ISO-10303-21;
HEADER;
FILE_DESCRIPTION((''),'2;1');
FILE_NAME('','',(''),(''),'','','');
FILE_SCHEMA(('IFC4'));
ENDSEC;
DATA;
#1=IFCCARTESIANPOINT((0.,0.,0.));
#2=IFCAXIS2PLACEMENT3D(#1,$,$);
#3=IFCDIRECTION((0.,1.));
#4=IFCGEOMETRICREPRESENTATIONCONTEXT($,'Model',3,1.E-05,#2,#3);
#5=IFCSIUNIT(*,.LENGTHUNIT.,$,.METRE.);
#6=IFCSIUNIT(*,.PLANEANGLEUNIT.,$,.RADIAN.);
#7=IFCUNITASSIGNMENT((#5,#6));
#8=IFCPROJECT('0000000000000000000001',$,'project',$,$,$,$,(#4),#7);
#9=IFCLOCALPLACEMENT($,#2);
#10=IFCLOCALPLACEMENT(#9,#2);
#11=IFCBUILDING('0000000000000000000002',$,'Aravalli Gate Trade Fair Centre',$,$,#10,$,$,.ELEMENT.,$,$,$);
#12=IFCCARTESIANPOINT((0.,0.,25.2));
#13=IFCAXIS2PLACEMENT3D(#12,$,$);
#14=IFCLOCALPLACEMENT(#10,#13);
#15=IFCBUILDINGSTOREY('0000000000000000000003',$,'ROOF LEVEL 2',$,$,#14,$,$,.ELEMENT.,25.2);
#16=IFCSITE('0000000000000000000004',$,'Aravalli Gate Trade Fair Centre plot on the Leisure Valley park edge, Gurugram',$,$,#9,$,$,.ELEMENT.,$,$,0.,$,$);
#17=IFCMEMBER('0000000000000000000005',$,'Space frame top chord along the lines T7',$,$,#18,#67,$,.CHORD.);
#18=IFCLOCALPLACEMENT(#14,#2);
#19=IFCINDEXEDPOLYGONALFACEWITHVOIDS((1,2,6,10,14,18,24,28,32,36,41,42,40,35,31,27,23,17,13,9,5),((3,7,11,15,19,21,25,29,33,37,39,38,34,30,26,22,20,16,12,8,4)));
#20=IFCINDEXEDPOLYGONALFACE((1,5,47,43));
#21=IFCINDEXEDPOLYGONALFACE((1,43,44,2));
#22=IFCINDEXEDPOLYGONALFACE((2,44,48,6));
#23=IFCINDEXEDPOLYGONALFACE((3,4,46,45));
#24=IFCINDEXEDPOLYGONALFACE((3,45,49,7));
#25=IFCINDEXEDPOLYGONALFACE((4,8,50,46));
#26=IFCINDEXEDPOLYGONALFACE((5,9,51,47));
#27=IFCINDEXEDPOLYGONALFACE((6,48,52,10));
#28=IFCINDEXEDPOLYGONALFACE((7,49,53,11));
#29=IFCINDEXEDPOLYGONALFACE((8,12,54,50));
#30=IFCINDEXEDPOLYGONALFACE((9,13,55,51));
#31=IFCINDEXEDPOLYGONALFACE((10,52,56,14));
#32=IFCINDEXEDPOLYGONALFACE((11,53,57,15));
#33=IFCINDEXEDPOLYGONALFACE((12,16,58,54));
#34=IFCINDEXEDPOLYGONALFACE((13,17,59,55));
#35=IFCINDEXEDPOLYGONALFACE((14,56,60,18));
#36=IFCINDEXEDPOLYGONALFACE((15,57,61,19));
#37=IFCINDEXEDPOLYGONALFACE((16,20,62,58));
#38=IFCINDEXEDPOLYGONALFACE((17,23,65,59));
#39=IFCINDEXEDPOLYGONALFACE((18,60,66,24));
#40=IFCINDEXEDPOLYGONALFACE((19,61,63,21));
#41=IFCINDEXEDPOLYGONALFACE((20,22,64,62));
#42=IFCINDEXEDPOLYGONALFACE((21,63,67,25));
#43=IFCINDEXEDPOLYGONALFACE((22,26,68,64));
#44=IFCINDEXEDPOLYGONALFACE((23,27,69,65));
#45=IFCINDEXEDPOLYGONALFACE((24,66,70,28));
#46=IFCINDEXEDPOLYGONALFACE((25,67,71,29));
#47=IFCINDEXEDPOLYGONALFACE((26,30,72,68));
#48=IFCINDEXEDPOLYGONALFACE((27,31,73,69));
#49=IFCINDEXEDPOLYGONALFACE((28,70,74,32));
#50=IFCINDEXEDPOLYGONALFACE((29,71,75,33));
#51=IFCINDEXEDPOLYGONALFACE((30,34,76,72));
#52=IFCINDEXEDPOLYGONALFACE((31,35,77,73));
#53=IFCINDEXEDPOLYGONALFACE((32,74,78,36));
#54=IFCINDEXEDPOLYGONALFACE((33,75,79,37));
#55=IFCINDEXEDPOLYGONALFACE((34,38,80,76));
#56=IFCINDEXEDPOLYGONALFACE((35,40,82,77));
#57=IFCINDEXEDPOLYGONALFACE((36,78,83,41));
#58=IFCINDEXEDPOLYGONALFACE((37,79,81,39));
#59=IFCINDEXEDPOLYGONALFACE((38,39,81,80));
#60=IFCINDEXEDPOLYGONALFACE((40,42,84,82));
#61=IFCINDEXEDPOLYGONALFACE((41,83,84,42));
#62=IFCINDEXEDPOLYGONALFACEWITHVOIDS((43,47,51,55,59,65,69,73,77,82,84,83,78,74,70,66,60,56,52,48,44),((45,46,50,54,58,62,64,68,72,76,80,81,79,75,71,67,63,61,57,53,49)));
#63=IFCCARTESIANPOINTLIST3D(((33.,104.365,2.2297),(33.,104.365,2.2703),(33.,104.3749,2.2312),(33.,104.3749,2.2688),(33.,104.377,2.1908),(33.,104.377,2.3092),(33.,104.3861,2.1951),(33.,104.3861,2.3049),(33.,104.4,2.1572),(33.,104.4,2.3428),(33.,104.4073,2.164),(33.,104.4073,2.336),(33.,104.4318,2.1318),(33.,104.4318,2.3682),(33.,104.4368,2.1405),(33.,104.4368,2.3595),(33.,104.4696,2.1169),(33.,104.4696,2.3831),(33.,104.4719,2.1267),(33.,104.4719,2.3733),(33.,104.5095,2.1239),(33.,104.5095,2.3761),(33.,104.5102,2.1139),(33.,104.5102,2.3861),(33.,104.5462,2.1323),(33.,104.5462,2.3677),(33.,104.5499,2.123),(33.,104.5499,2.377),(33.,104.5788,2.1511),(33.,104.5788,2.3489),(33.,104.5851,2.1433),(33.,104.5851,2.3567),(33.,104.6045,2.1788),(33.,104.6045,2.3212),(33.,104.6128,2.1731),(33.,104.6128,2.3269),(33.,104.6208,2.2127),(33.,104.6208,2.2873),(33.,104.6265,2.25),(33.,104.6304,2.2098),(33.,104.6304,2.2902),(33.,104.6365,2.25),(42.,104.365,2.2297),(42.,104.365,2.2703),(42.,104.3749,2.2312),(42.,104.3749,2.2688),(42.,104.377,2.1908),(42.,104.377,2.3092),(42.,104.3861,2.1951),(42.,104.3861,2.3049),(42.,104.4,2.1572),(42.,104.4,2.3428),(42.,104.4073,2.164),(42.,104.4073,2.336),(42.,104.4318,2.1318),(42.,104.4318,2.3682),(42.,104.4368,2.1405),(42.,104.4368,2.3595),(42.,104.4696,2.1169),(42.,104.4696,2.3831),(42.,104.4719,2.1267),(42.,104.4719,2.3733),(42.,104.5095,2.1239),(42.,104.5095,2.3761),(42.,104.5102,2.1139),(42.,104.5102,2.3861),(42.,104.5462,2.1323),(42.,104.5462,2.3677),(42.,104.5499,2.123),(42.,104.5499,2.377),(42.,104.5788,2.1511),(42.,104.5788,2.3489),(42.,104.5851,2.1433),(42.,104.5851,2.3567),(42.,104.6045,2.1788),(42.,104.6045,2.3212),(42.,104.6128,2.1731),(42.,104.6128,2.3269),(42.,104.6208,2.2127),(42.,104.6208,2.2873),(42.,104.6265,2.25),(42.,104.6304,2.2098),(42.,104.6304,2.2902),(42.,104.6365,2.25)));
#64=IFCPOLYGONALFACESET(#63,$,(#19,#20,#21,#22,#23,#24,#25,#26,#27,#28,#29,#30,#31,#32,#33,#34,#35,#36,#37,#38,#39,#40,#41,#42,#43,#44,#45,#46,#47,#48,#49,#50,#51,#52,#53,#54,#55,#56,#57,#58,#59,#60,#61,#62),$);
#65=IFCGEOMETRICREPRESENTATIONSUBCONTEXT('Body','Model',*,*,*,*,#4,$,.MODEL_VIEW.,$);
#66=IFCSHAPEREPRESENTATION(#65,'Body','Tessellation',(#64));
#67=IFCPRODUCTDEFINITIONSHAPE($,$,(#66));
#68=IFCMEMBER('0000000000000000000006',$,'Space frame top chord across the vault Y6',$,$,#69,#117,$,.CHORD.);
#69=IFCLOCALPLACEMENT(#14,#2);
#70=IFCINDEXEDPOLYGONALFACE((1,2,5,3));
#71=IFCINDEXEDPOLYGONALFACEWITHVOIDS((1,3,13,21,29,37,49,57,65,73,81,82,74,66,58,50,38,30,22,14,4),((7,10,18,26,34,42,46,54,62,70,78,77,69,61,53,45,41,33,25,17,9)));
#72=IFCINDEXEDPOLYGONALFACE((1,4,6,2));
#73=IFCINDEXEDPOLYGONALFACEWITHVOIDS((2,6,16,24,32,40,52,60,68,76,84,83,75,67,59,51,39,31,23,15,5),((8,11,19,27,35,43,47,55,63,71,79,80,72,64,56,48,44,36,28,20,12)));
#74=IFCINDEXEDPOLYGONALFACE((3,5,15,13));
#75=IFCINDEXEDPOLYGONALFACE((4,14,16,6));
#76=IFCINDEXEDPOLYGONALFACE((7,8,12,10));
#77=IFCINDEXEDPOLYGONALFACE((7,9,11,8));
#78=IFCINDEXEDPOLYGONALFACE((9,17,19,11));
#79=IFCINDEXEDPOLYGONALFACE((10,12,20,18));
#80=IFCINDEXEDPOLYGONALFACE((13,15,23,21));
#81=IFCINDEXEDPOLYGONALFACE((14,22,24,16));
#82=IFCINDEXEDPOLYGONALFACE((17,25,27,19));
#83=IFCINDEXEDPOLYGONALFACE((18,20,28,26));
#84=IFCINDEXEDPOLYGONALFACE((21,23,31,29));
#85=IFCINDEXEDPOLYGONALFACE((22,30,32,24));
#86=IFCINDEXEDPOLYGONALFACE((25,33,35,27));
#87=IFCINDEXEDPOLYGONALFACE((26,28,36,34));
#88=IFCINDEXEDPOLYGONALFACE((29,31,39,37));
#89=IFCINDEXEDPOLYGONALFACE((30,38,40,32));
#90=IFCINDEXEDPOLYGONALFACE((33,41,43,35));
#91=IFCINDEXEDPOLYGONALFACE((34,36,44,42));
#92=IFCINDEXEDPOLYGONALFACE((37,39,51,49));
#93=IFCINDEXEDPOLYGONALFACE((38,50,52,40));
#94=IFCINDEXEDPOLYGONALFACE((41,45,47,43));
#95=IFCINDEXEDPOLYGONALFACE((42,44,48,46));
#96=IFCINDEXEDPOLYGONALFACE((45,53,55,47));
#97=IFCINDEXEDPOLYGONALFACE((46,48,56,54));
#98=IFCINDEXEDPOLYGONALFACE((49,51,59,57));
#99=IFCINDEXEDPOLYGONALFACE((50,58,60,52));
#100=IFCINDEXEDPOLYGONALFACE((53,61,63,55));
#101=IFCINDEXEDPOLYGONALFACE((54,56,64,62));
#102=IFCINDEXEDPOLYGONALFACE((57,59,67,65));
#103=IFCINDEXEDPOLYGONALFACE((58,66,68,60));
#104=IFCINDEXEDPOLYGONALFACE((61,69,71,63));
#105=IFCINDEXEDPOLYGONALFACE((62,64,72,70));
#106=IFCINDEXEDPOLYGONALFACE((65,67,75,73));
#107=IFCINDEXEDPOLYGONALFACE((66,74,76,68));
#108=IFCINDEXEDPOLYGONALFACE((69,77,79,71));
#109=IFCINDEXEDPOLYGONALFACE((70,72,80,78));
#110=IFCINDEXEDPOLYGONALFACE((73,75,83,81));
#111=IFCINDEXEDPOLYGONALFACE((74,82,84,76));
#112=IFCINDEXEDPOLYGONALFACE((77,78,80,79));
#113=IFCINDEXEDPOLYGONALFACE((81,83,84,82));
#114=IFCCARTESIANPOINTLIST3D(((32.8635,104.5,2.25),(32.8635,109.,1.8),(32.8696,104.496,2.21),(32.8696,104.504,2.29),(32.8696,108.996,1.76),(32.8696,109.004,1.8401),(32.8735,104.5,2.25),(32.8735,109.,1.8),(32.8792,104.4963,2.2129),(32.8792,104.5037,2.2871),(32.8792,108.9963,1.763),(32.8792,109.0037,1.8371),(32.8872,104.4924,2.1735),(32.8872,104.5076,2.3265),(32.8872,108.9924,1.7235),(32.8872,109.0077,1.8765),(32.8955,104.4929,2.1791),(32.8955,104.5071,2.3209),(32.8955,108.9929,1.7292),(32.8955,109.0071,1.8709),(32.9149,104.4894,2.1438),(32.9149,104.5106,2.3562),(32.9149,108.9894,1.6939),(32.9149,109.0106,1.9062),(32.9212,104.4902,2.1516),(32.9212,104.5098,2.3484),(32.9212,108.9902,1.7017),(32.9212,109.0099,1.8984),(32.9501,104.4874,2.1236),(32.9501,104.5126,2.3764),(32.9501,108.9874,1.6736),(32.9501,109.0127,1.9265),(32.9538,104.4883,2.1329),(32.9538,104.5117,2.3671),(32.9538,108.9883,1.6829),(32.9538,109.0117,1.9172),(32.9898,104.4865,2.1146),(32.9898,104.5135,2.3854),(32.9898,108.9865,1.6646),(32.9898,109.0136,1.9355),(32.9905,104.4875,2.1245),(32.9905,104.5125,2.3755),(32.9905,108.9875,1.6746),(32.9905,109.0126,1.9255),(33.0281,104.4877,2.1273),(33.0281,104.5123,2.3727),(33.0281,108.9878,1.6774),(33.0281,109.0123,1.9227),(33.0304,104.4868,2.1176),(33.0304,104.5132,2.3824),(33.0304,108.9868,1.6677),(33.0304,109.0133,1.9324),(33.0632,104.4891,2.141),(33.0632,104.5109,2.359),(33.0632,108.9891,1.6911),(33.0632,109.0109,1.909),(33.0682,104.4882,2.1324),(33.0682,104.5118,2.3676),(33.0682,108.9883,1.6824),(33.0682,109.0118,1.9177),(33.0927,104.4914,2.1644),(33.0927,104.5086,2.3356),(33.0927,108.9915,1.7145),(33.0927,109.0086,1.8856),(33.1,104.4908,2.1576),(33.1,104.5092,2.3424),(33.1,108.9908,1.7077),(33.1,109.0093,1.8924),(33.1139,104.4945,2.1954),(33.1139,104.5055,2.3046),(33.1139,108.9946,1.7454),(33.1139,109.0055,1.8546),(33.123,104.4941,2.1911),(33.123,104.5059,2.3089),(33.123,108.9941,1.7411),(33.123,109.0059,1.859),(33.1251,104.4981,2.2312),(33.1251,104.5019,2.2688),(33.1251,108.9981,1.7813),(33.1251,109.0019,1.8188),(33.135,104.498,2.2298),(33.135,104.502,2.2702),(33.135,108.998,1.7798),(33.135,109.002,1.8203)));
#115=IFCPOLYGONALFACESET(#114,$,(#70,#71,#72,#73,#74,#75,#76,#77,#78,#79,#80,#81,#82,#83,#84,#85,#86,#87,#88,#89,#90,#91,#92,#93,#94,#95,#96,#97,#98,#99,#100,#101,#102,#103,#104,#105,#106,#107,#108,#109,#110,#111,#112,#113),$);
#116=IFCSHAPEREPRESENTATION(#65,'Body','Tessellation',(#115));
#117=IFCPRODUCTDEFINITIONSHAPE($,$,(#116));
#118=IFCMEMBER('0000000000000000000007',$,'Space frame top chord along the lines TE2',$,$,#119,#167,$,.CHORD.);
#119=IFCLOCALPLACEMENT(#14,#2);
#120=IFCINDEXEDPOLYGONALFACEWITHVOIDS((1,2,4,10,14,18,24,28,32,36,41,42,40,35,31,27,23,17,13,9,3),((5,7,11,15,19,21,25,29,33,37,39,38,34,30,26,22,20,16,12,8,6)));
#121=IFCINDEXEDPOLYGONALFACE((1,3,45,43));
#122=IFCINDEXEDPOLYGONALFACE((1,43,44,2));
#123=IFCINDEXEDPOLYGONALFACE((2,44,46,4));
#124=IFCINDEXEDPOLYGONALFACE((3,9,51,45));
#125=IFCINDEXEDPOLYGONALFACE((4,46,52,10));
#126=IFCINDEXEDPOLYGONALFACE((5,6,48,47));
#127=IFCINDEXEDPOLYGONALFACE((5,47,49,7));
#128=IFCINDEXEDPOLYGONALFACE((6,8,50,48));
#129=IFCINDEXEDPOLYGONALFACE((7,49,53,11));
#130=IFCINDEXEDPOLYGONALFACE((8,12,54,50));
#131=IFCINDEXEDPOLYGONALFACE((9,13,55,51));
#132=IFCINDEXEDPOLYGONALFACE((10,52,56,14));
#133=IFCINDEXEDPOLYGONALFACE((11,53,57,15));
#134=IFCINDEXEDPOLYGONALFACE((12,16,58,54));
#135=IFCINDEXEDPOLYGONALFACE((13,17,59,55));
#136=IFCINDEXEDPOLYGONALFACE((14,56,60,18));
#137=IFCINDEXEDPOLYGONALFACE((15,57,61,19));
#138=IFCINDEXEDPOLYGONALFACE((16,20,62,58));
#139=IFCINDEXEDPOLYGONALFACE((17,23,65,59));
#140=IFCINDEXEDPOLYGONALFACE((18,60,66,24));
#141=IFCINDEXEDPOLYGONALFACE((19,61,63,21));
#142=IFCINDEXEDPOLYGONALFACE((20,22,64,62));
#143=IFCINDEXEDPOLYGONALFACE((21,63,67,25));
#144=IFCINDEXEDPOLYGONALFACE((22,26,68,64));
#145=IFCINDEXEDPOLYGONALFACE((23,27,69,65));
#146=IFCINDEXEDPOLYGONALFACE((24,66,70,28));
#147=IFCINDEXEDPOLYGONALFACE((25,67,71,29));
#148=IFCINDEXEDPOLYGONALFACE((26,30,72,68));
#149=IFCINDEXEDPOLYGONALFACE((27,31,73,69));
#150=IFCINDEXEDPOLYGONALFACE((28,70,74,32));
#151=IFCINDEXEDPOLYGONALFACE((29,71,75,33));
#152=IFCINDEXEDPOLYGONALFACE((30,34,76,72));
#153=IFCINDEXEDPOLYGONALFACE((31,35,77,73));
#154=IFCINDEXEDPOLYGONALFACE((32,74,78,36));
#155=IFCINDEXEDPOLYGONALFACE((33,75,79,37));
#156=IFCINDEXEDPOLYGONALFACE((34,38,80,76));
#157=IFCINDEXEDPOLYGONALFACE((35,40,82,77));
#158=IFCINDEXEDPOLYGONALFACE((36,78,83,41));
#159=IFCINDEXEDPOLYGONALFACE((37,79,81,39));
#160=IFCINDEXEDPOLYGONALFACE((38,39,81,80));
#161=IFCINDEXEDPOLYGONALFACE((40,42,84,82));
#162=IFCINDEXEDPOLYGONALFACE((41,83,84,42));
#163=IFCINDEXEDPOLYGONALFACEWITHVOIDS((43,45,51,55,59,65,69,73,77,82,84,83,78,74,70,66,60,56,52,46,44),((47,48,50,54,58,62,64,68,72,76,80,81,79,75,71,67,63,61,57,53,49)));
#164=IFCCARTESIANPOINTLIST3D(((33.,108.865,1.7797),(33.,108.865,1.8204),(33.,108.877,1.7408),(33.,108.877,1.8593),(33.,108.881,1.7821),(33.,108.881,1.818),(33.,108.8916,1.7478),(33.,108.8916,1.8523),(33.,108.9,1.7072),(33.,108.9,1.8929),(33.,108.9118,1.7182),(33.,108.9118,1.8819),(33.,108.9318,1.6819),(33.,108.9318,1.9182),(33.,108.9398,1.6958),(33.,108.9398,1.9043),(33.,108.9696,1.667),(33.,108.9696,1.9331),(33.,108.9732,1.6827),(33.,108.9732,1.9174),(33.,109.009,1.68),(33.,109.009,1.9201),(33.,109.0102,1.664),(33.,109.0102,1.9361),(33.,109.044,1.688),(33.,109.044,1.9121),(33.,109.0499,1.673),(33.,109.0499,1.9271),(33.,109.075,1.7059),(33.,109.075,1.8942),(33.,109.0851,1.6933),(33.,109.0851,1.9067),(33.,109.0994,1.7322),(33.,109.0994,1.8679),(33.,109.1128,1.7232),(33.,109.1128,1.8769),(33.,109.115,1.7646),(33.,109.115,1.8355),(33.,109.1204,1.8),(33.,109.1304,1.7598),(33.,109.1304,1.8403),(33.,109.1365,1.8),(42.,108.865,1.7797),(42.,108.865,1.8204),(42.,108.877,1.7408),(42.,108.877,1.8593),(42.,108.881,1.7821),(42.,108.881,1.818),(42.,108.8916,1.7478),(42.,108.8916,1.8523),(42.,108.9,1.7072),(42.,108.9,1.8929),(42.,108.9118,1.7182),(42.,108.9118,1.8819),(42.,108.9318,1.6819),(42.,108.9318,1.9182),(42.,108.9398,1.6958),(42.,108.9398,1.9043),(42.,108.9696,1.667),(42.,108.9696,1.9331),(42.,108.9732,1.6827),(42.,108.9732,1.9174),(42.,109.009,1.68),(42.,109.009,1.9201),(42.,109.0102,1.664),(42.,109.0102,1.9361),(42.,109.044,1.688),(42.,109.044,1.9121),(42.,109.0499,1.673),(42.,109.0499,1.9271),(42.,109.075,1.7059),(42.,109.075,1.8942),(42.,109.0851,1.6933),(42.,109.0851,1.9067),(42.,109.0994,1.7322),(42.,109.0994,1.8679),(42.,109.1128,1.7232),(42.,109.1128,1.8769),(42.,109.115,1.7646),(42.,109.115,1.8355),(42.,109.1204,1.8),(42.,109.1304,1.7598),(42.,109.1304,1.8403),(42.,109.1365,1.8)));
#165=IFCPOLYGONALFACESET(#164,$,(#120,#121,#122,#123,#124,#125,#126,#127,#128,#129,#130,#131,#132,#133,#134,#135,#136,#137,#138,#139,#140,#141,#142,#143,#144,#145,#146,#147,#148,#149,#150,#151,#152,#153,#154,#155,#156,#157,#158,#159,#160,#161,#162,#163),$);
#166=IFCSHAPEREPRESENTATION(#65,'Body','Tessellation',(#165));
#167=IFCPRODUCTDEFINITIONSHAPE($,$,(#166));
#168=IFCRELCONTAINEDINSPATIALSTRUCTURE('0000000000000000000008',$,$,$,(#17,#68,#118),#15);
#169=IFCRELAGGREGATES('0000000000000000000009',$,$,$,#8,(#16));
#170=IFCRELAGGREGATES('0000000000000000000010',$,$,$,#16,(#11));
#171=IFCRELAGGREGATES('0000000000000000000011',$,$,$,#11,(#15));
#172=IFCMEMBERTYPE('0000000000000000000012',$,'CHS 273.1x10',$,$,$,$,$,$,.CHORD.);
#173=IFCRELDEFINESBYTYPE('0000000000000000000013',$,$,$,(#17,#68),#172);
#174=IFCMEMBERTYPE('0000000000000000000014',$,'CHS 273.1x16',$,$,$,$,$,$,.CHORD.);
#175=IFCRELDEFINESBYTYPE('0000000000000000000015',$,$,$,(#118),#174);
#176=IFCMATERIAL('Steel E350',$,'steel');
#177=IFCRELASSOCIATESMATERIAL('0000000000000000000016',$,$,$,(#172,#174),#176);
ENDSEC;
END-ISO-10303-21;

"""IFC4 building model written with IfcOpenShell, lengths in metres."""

from ifc_helpers import new_model, si_unit, direction, frame, origin, origin_2d, place, context, subcontext, project, spatial, hollow_circle, extrude, material, material_profile, profile_set, type_object, element, save


model = new_model("IFC4")

# Units and contexts
model_context = context("Model", 3, precision=1e-05, world=origin(), true_north=direction((0.0, 1.0)))
body_context = subcontext(model_context, "Body", "Model", "MODEL_VIEW")
ifc_project = project(units=[si_unit("LENGTHUNIT", "METRE"), si_unit("PLANEANGLEUNIT", "RADIAN")], contexts=[model_context])

# Site, building, storey
site_placement = place(None, origin())
site = spatial("IfcSite", under=ifc_project, at=site_placement, Name="Aravalli Gate Trade Fair Centre plot on the Leisure Valley park edge, Gurugram", CompositionType="ELEMENT", RefElevation=0.0)
building_placement = place(site_placement, origin())
building = spatial("IfcBuilding", under=site, at=building_placement, Name="Aravalli Gate Trade Fair Centre", CompositionType="ELEMENT")
storey_placement = place(building_placement, frame((0.0, 0.0, 25.2)))
storey = spatial("IfcBuildingStorey", under=building, at=storey_placement, Name="ROOF LEVEL 2", CompositionType="ELEMENT", Elevation=25.2)

# Members
ifc_material_1 = material(Name="Steel E350", Category="steel")
ifc_material_profile_1 = material_profile(ifc_material_1, hollow_circle(Radius=0.1365, WallThickness=0.01, at=origin_2d()), Name="CHS 273.1x10")
ifc_profile_set_1 = profile_set([ifc_material_profile_1], Name="Steel E350")
member_type_1 = type_object("IfcMemberType", Name="CHS 273.1x10", PredefinedType="CHORD", material=ifc_profile_set_1)
member_1_placement = place(storey_placement, frame((33.0, 104.5, 2.25), z_axis=(1.0, 0.0, 0.0), x_axis=(0.0, 1.0, 0.0)))
element("IfcMember", 1, at=member_1_placement, inside=storey, type_object=member_type_1, Name="Space frame top chord along the lines T7", PredefinedType="CHORD", context=body_context, shape_type="SweptSolid", body=[
    extrude(hollow_circle(Radius=0.1365, WallThickness=0.01, at=origin_2d()), origin(), (0.0, 0.0, 1.0), 9.0),
])
member_2_placement = place(storey_placement, frame((33.0, 104.5, 2.25), z_axis=(0.0, 0.995038, -0.099493), x_axis=(-1.0, 0.0, 0.0)))
element("IfcMember", 2, at=member_2_placement, inside=storey, type_object=member_type_1, Name="Space frame top chord across the vault Y6", PredefinedType="CHORD", context=body_context, shape_type="SweptSolid", body=[
    extrude(hollow_circle(Radius=0.1365, WallThickness=0.01, at=origin_2d()), origin(), (0.0, 0.0, 1.0), 4.5225),
])
ifc_material_profile_2 = material_profile(ifc_material_1, hollow_circle(Radius=0.1365, WallThickness=0.0161, at=origin_2d()), Name="CHS 273.1x16")
ifc_profile_set_2 = profile_set([ifc_material_profile_2], Name="Steel E350")
member_type_2 = type_object("IfcMemberType", Name="CHS 273.1x16", PredefinedType="CHORD", material=ifc_profile_set_2)
member_3_placement = place(storey_placement, frame((33.0, 109.0, 1.8), z_axis=(1.0, 0.0, 0.0), x_axis=(0.0, 1.0, 0.0)))
element("IfcMember", 3, at=member_3_placement, inside=storey, type_object=member_type_2, Name="Space frame top chord along the lines TE2", PredefinedType="CHORD", context=body_context, shape_type="SweptSolid", body=[
    extrude(hollow_circle(Radius=0.1365, WallThickness=0.0161, at=origin_2d()), origin(), (0.0, 0.0, 1.0), 9.0),
])

save(model, "model.ifc")
